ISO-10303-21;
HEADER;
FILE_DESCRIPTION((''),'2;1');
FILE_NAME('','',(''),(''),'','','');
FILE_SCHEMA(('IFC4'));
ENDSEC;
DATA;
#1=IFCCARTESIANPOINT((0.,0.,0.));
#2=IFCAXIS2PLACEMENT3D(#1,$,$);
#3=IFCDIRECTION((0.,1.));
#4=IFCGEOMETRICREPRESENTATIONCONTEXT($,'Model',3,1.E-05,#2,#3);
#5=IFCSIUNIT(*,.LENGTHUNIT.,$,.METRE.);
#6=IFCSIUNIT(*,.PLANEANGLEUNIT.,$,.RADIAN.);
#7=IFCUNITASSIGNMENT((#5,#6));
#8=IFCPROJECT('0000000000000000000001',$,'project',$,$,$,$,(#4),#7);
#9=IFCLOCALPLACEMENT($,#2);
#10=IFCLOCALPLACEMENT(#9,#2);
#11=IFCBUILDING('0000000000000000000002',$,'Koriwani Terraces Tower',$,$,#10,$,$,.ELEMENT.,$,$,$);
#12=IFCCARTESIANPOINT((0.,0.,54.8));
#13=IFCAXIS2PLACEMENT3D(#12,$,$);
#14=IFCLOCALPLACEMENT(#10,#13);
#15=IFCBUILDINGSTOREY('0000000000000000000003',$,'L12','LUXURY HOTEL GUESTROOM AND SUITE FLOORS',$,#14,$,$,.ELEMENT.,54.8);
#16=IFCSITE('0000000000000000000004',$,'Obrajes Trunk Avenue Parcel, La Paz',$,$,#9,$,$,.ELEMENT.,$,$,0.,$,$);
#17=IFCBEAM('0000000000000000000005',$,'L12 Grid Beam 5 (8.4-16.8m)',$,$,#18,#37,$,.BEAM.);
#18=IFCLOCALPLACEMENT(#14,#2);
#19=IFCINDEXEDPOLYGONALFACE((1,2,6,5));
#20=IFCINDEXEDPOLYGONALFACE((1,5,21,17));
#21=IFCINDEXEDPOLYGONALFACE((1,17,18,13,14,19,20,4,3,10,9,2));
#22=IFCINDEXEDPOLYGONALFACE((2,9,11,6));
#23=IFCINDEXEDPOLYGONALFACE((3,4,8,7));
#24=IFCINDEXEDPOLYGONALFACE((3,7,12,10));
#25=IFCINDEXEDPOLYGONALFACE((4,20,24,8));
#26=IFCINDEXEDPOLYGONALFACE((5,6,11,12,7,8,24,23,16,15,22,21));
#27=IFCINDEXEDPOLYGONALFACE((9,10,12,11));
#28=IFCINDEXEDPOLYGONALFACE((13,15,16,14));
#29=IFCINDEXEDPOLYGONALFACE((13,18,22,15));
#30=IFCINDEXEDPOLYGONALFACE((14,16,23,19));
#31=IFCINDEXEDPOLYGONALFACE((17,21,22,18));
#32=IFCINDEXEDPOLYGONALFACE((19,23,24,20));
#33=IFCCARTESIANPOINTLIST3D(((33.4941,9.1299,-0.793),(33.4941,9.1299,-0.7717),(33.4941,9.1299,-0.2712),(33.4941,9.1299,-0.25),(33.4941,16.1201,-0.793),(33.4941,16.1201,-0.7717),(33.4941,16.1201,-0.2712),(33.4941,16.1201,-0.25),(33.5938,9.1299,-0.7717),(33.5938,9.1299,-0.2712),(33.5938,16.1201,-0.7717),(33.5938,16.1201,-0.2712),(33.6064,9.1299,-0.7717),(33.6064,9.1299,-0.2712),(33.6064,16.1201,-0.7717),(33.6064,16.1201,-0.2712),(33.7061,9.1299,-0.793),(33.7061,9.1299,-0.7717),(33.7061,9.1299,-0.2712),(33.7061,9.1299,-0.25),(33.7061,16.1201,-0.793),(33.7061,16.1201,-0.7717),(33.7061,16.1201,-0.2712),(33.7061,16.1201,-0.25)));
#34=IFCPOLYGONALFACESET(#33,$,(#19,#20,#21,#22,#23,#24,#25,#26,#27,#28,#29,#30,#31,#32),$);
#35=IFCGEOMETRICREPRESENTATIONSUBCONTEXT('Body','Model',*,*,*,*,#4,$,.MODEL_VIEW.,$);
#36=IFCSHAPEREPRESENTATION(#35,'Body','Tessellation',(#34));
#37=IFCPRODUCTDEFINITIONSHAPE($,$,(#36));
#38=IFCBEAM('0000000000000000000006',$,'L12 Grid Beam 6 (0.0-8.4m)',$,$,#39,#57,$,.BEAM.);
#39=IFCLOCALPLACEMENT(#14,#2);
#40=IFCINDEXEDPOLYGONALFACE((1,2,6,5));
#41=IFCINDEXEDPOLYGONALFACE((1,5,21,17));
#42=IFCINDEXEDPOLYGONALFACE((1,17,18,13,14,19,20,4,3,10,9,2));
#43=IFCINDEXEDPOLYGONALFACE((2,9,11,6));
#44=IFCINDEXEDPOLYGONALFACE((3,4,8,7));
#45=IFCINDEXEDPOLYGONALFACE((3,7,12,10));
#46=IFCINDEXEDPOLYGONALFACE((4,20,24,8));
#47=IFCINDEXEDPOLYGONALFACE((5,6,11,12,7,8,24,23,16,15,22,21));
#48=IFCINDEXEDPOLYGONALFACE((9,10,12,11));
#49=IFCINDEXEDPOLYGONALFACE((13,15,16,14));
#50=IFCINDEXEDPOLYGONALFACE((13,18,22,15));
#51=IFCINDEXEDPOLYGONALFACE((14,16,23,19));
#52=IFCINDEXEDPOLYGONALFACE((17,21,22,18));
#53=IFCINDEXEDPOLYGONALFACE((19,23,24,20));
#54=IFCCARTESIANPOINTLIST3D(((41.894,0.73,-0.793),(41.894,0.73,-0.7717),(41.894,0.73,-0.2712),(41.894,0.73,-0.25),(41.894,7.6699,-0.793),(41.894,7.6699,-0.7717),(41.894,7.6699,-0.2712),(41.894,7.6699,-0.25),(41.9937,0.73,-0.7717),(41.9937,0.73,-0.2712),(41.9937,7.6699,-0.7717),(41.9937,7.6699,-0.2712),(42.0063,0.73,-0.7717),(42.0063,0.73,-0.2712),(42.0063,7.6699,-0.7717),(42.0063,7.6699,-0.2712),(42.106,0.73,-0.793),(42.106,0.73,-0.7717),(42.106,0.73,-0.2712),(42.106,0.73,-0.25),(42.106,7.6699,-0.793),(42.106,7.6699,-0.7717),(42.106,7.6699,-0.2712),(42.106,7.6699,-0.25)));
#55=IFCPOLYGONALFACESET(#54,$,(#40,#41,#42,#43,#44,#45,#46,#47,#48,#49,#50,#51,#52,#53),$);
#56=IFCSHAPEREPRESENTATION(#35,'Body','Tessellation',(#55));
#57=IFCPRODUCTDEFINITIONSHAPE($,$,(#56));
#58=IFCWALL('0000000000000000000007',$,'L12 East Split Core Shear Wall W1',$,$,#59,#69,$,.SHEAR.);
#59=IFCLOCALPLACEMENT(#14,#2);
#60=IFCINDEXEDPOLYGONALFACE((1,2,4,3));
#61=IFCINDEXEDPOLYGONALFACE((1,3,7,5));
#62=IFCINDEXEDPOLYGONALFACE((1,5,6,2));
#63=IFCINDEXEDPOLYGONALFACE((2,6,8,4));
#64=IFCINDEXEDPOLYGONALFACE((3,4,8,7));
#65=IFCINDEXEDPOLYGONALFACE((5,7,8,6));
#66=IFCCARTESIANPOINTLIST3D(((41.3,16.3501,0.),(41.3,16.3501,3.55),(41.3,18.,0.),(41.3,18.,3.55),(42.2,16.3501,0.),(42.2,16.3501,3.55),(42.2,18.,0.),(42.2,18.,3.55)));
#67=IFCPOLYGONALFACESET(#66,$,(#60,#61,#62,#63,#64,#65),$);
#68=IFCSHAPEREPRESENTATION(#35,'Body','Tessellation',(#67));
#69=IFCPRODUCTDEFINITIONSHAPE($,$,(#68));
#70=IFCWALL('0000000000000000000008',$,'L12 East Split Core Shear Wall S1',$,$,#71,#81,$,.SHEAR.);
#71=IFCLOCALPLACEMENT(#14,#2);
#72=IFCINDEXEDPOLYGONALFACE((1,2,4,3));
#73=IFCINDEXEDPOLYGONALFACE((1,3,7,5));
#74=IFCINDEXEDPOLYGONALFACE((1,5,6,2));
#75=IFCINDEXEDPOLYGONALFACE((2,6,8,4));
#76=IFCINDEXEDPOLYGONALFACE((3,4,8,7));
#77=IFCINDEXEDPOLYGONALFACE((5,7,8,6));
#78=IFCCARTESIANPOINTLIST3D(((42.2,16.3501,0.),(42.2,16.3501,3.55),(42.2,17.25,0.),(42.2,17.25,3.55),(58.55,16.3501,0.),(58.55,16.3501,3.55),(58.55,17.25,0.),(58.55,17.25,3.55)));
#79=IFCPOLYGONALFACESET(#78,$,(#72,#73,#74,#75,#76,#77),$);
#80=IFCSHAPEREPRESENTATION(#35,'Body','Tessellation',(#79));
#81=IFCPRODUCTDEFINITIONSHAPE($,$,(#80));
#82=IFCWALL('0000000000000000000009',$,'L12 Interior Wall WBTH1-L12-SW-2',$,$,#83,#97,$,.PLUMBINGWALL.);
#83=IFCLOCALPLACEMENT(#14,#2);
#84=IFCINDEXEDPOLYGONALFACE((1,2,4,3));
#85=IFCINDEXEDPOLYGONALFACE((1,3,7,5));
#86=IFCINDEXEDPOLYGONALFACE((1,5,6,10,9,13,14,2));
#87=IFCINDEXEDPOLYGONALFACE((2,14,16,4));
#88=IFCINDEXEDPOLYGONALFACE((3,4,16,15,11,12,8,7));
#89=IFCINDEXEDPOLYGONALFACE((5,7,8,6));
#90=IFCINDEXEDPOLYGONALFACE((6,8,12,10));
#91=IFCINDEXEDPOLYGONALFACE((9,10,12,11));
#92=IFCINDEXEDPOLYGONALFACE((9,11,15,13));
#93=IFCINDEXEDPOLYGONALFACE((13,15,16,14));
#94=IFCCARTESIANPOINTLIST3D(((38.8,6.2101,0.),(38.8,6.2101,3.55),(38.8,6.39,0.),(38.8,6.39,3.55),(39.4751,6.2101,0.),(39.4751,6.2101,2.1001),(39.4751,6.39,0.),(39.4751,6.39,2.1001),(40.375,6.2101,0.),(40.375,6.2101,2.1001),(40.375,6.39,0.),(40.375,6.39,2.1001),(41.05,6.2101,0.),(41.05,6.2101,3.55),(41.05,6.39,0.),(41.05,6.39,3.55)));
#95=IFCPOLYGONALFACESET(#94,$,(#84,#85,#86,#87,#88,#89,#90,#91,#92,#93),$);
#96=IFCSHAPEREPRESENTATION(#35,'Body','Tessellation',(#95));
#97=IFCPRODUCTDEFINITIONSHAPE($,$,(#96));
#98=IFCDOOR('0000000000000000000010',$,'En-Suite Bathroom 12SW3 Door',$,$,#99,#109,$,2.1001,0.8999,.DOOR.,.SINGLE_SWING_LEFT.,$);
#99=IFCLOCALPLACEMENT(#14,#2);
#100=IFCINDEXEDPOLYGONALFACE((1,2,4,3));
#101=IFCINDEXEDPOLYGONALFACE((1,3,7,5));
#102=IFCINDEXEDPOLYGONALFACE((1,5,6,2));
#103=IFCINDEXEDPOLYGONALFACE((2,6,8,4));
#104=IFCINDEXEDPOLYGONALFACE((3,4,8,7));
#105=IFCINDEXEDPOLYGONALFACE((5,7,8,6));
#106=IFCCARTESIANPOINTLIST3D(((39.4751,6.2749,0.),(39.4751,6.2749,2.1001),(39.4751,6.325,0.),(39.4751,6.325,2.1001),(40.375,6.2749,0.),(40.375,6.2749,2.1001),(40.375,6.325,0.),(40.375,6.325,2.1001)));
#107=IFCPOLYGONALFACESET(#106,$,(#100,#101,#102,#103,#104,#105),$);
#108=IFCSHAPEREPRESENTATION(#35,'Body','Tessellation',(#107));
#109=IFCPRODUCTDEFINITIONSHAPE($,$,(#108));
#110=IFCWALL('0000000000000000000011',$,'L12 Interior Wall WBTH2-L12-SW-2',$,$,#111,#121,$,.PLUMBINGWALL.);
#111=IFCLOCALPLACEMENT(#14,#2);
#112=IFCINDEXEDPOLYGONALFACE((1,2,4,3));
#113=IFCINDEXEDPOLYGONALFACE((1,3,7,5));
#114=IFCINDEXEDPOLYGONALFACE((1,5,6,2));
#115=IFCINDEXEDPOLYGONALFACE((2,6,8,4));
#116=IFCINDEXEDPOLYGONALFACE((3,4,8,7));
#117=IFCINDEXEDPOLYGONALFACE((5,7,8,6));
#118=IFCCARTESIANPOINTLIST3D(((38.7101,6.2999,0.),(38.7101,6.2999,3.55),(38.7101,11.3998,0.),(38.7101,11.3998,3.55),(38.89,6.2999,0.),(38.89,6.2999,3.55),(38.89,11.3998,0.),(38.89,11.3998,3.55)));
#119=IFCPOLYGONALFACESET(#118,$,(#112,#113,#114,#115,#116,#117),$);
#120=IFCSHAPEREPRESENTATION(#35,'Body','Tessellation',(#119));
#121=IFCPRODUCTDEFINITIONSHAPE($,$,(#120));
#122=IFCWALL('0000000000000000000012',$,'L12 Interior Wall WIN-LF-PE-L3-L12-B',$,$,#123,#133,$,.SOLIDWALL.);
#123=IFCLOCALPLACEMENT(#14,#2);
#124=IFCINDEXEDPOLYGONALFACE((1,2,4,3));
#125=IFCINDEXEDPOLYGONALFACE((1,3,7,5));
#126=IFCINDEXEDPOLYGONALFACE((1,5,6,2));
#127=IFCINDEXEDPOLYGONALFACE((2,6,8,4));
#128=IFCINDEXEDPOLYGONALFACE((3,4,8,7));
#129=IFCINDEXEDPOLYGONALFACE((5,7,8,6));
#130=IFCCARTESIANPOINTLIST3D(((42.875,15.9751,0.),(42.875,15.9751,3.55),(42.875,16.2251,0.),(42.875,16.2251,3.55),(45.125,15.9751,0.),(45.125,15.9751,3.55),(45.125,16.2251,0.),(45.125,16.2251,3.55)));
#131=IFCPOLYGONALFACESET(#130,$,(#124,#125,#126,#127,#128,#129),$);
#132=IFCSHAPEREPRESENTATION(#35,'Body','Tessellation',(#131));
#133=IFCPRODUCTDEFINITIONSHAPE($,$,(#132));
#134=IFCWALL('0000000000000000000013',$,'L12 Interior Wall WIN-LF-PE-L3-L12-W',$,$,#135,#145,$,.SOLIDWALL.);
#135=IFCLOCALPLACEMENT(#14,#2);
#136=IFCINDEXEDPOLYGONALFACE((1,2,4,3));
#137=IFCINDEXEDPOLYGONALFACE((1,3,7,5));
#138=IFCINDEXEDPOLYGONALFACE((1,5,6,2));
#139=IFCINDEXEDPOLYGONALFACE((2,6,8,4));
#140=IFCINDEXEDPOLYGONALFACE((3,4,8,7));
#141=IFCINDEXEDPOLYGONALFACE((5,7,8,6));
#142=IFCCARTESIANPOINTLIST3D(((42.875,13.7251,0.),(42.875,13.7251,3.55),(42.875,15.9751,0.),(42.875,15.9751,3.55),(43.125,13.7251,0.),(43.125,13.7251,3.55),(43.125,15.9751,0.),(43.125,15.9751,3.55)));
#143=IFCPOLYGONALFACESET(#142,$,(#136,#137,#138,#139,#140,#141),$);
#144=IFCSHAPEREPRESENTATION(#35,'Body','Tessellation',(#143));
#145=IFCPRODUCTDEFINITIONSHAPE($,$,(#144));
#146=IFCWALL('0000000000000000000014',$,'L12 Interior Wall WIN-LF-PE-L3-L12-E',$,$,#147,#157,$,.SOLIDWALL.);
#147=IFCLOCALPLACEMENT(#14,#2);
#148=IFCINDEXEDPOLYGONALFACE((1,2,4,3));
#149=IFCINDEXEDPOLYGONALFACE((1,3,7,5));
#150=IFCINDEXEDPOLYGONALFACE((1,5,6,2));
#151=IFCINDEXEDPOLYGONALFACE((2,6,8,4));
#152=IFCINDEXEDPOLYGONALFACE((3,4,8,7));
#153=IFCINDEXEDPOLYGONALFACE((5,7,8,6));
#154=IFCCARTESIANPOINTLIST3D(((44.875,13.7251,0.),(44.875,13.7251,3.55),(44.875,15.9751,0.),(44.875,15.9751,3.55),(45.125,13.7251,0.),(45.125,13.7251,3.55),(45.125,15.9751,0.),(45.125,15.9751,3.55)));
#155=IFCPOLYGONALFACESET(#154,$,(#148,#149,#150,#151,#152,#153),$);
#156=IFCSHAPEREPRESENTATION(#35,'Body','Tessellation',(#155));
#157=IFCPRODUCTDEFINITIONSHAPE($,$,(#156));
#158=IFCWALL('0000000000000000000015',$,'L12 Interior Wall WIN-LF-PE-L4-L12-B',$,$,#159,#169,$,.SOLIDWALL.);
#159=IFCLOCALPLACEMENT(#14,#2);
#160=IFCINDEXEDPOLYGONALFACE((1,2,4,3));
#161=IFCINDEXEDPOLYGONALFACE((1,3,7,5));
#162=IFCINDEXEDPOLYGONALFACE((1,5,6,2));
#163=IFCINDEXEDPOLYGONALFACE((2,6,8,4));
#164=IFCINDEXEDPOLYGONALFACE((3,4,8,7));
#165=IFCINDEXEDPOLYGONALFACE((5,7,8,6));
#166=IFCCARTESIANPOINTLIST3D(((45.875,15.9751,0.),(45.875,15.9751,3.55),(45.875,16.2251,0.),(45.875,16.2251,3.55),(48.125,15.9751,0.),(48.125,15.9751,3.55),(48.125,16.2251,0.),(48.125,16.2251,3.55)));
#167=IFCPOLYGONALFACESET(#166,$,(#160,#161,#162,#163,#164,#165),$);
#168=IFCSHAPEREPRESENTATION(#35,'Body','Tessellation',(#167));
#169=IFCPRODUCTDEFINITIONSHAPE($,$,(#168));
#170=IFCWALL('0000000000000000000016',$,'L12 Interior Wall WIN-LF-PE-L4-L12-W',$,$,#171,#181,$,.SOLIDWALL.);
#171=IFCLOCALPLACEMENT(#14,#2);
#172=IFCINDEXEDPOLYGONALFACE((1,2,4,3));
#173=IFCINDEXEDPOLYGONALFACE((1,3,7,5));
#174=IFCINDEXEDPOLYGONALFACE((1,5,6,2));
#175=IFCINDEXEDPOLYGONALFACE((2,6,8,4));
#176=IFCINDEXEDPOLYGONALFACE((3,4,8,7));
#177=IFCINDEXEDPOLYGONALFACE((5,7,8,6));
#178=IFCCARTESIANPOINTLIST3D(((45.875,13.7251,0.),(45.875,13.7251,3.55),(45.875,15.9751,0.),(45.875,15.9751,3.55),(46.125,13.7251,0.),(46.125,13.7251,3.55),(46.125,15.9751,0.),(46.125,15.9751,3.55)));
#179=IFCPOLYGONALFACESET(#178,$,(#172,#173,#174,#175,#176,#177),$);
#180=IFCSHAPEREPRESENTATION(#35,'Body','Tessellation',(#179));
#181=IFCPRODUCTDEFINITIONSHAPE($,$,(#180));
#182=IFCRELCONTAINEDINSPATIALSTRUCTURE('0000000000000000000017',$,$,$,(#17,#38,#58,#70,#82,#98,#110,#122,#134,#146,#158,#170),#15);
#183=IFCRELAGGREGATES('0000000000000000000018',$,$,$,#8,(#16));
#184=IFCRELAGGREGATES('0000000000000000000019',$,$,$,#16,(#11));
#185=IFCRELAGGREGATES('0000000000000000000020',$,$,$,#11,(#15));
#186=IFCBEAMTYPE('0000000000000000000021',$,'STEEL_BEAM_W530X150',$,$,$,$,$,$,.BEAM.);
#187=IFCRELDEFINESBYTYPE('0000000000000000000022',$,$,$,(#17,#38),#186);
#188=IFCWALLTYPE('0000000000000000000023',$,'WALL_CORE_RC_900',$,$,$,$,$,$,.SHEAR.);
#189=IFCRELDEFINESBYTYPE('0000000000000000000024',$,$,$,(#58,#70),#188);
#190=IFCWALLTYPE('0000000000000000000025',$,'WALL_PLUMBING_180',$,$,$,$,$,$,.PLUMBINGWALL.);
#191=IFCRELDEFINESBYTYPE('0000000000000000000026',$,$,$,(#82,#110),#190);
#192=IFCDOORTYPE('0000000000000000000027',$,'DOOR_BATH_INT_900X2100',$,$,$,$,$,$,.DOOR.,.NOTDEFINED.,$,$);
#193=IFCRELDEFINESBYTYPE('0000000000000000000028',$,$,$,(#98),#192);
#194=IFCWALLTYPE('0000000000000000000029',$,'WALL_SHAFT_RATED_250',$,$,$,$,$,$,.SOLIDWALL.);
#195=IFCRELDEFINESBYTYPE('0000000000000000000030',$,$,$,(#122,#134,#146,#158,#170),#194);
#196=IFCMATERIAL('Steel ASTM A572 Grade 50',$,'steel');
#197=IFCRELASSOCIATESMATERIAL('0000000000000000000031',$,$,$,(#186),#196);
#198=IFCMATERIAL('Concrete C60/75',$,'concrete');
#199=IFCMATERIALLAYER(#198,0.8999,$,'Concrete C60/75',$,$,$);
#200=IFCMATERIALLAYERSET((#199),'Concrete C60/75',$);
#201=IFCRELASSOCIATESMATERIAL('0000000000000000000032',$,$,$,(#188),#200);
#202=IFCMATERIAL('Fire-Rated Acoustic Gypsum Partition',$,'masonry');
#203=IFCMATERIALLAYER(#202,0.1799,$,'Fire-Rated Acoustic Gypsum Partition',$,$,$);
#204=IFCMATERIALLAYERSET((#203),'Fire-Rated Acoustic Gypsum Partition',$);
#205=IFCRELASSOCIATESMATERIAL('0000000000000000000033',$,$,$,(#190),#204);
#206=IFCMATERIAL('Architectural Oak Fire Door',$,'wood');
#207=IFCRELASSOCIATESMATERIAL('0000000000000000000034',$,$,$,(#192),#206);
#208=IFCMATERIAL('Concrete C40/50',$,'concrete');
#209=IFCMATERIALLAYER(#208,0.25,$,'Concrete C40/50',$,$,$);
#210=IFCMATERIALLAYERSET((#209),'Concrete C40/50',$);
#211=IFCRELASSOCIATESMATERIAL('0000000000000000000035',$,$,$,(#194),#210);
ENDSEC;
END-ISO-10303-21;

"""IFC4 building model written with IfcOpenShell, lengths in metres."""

from ifc_helpers import new_model, si_unit, direction, frame, frame_2d, origin, origin_2d, place, context, subcontext, project, spatial, rectangle, i_section, extrude, material, layer, layer_set, material_profile, profile_set, type_object, element, fill, save


model = new_model("IFC4")

# Units and contexts
model_context = context("Model", 3, precision=1e-05, world=origin(), true_north=direction((0.0, 1.0)))
body_context = subcontext(model_context, "Body", "Model", "MODEL_VIEW")
ifc_project = project(units=[si_unit("LENGTHUNIT", "METRE"), si_unit("PLANEANGLEUNIT", "RADIAN")], contexts=[model_context])

# Site, building, storey
site_placement = place(None, origin())
site = spatial("IfcSite", under=ifc_project, at=site_placement, Name="Obrajes Trunk Avenue Parcel, La Paz", CompositionType="ELEMENT", RefElevation=0.0)
building_placement = place(site_placement, origin())
building = spatial("IfcBuilding", under=site, at=building_placement, Name="Koriwani Terraces Tower", CompositionType="ELEMENT")
storey_placement = place(building_placement, frame((0.0, 0.0, 54.8)))
storey = spatial("IfcBuildingStorey", under=building, at=storey_placement, Name="L12", Description="LUXURY HOTEL GUESTROOM AND SUITE FLOORS", CompositionType="ELEMENT", Elevation=54.8)

# Shared definitions
ifc_material_1 = material(Name="Concrete C60/75", Category="concrete")

# Beams
ifc_material_2 = material(Name="Concrete C40/50", Category="concrete")
ifc_material_3 = material(Name="Steel ASTM A572 Grade 50", Category="steel")
ifc_material_profile_1 = material_profile(ifc_material_3, i_section(OverallWidth=0.2119, OverallDepth=0.543, WebThickness=0.0127, FlangeThickness=0.0212, at=origin_2d()), Name="Steel ASTM A572 Grade 50", Category="LoadBearing")
ifc_profile_set_1 = profile_set([ifc_material_profile_1], Name="Steel ASTM A572 Grade 50")
beam_type_1 = type_object("IfcBeamType", Name="STEEL_BEAM_W530X150", PredefinedType="BEAM", material=ifc_profile_set_1)
beam_1_placement = place(storey_placement, frame((33.6001, 9.1299, -0.5215), z_axis=(0.0, 1.0, 0.0), x_axis=(-1.0, 0.0, 0.0)))
element("IfcBeam", 1, at=beam_1_placement, inside=storey, type_object=beam_type_1, Name="L12 Grid Beam 5 (8.4-16.8m)", PredefinedType="BEAM", context=body_context, shape_type="SweptSolid", body=[
    extrude(i_section(OverallWidth=0.2119, OverallDepth=0.543, WebThickness=0.0127, FlangeThickness=0.0212, at=origin_2d()), origin(), (0.0, 0.0, 1.0), 6.9902),
])
beam_2_placement = place(storey_placement, frame((42.0, 0.73, -0.5215), z_axis=(0.0, 1.0, 0.0), x_axis=(-1.0, 0.0, 0.0)))
element("IfcBeam", 2, at=beam_2_placement, inside=storey, type_object=beam_type_1, Name="L12 Grid Beam 6 (0.0-8.4m)", PredefinedType="BEAM", context=body_context, shape_type="SweptSolid", body=[
    extrude(i_section(OverallWidth=0.2119, OverallDepth=0.543, WebThickness=0.0127, FlangeThickness=0.0212, at=origin_2d()), origin(), (0.0, 0.0, 1.0), 6.9399),
])

# Walls
ifc_layer_1 = layer(ifc_material_1, 0.8999, Name="Concrete C60/75")
ifc_layer_set_1 = layer_set([ifc_layer_1], Name="Concrete C60/75")
wall_type_1 = type_object("IfcWallType", Name="WALL_CORE_RC_900", PredefinedType="SHEAR", material=ifc_layer_set_1)
wall_1_placement = place(storey_placement, frame((41.75, 16.3501, 0.0), z_axis=(0.0, 0.0, 1.0), x_axis=(0.0, 1.0, 0.0)))
element("IfcWall", 3, at=wall_1_placement, inside=storey, type_object=wall_type_1, Name="L12 East Split Core Shear Wall W1", PredefinedType="SHEAR", context=body_context, shape_type="SweptSolid", body=[
    extrude(rectangle(XDim=1.6499, YDim=0.8999, at=frame_2d((0.825, 0.0))), origin(), (0.0, 0.0, 1.0), 3.55),
])
wall_2_placement = place(storey_placement, frame((42.2, 16.8, 0.0), z_axis=(0.0, 0.0, 1.0), x_axis=(1.0, 0.0, 0.0)))
element("IfcWall", 4, at=wall_2_placement, inside=storey, type_object=wall_type_1, Name="L12 East Split Core Shear Wall S1", PredefinedType="SHEAR", context=body_context, shape_type="SweptSolid", body=[
    extrude(rectangle(XDim=16.3501, YDim=0.8999, at=frame_2d((8.175, 0.0))), origin(), (0.0, 0.0, 1.0), 3.55),
])

# Wall, opening, door
ifc_material_4 = material(Name="Fire-Rated Acoustic Gypsum Partition", Category="masonry")
ifc_layer_2 = layer(ifc_material_4, 0.1799, Name="Fire-Rated Acoustic Gypsum Partition")
ifc_layer_set_2 = layer_set([ifc_layer_2], Name="Fire-Rated Acoustic Gypsum Partition")
wall_type_2 = type_object("IfcWallType", Name="WALL_PLUMBING_180", PredefinedType="PLUMBINGWALL", material=ifc_layer_set_2)
wall_3_placement = place(storey_placement, frame((38.8, 6.3, 0.0), z_axis=(0.0, 0.0, 1.0), x_axis=(1.0, 0.0, 0.0)))
wall_3 = element("IfcWall", 5, at=wall_3_placement, inside=storey, type_object=wall_type_2, Name="L12 Interior Wall WBTH1-L12-SW-2", PredefinedType="PLUMBINGWALL", context=body_context, shape_type="SweptSolid", body=[
    extrude(rectangle(XDim=2.25, YDim=0.1799, at=frame_2d((1.125, 0.0))), origin(), (0.0, 0.0, 1.0), 3.55),
])
opening_1_placement = place(wall_3_placement, frame((0.675, 0.0, 0.0)))
opening_1 = element("IfcOpeningElement", 6, at=opening_1_placement, cuts=wall_3, PredefinedType="OPENING", context=body_context, shape_type="SweptSolid", body=[
    extrude(rectangle(XDim=0.8999, YDim=2.1001, at=frame_2d((0.45, 1.05))), frame((0.0, 0.1001, 0.0), z_axis=(0.0, -1.0, 0.0), x_axis=(1.0, 0.0, 0.0)), (0.0, 0.0, 1.0), 0.2),
])
ifc_material_5 = material(Name="Architectural Oak Fire Door", Category="wood")
door_type_1 = type_object("IfcDoorType", Name="DOOR_BATH_INT_900X2100", OperationType="NOTDEFINED", PredefinedType="DOOR", material=ifc_material_5)
door_1_placement = place(opening_1_placement, origin())
door_1 = element("IfcDoor", 7, at=door_1_placement, inside=storey, type_object=door_type_1, Name="En-Suite Bathroom 12SW3 Door", OperationType="SINGLE_SWING_LEFT", OverallHeight=2.1001, OverallWidth=0.8999, PredefinedType="DOOR", context=body_context, shape_type="SweptSolid", body=[
    extrude(rectangle(XDim=0.8999, YDim=2.1001, at=frame_2d((0.45, 1.05))), frame((0.0, 0.0249, 0.0), z_axis=(0.0, -1.0, 0.0), x_axis=(1.0, 0.0, 0.0)), (0.0, 0.0, 1.0), 0.05),
])
fill(opening_1, door_1)

# Wall
wall_4_placement = place(storey_placement, frame((38.8, 6.3, 0.0), z_axis=(0.0, 0.0, 1.0), x_axis=(0.0, 1.0, 0.0)))
element("IfcWall", 8, at=wall_4_placement, inside=storey, type_object=wall_type_2, Name="L12 Interior Wall WBTH2-L12-SW-2", PredefinedType="PLUMBINGWALL", context=body_context, shape_type="SweptSolid", body=[
    extrude(rectangle(XDim=5.0999, YDim=0.1799, at=frame_2d((2.5498, 0.0))), origin(), (0.0, 0.0, 1.0), 3.55),
])

# Shared definitions
ifc_layer_3 = layer(ifc_material_2, 0.25, Name="Concrete C40/50")
ifc_layer_set_3 = layer_set([ifc_layer_3], Name="Concrete C40/50")
wall_type_3 = type_object("IfcWallType", Name="WALL_SHAFT_RATED_250", PredefinedType="SOLIDWALL", material=ifc_layer_set_3)

# Walls
for number, where, z_axis, x_axis, name in (
    (9, (42.875, 16.1001, 0.0), (0.0, 0.0, 1.0), (1.0, 0.0, 0.0), "L12 Interior Wall WIN-LF-PE-L3-L12-B"),
    (10, (43.0, 13.7251, 0.0), (0.0, 0.0, 1.0), (0.0, 1.0, 0.0), "L12 Interior Wall WIN-LF-PE-L3-L12-W"),
    (11, (45.0, 13.7251, 0.0), (0.0, 0.0, 1.0), (0.0, 1.0, 0.0), "L12 Interior Wall WIN-LF-PE-L3-L12-E"),
):
    element("IfcWall", number, at=place(storey_placement, frame(where, z_axis=z_axis, x_axis=x_axis)), inside=storey, type_object=wall_type_3, Name=name, PredefinedType="SOLIDWALL", context=body_context, shape_type="SweptSolid", body=[
        extrude(rectangle(XDim=2.25, YDim=0.25, at=frame_2d((1.125, 0.0))), origin(), (0.0, 0.0, 1.0), 3.55),
    ])

# Walls
for number, where, z_axis, x_axis, name in (
    (12, (45.875, 16.1001, 0.0), (0.0, 0.0, 1.0), (1.0, 0.0, 0.0), "L12 Interior Wall WIN-LF-PE-L4-L12-B"),
    (13, (46.0, 13.7251, 0.0), (0.0, 0.0, 1.0), (0.0, 1.0, 0.0), "L12 Interior Wall WIN-LF-PE-L4-L12-W"),
):
    element("IfcWall", number, at=place(storey_placement, frame(where, z_axis=z_axis, x_axis=x_axis)), inside=storey, type_object=wall_type_3, Name=name, PredefinedType="SOLIDWALL", context=body_context, shape_type="SweptSolid", body=[
        extrude(rectangle(XDim=2.25, YDim=0.25, at=frame_2d((1.125, 0.0))), origin(), (0.0, 0.0, 1.0), 3.55),
    ])

save(model, "model.ifc")
